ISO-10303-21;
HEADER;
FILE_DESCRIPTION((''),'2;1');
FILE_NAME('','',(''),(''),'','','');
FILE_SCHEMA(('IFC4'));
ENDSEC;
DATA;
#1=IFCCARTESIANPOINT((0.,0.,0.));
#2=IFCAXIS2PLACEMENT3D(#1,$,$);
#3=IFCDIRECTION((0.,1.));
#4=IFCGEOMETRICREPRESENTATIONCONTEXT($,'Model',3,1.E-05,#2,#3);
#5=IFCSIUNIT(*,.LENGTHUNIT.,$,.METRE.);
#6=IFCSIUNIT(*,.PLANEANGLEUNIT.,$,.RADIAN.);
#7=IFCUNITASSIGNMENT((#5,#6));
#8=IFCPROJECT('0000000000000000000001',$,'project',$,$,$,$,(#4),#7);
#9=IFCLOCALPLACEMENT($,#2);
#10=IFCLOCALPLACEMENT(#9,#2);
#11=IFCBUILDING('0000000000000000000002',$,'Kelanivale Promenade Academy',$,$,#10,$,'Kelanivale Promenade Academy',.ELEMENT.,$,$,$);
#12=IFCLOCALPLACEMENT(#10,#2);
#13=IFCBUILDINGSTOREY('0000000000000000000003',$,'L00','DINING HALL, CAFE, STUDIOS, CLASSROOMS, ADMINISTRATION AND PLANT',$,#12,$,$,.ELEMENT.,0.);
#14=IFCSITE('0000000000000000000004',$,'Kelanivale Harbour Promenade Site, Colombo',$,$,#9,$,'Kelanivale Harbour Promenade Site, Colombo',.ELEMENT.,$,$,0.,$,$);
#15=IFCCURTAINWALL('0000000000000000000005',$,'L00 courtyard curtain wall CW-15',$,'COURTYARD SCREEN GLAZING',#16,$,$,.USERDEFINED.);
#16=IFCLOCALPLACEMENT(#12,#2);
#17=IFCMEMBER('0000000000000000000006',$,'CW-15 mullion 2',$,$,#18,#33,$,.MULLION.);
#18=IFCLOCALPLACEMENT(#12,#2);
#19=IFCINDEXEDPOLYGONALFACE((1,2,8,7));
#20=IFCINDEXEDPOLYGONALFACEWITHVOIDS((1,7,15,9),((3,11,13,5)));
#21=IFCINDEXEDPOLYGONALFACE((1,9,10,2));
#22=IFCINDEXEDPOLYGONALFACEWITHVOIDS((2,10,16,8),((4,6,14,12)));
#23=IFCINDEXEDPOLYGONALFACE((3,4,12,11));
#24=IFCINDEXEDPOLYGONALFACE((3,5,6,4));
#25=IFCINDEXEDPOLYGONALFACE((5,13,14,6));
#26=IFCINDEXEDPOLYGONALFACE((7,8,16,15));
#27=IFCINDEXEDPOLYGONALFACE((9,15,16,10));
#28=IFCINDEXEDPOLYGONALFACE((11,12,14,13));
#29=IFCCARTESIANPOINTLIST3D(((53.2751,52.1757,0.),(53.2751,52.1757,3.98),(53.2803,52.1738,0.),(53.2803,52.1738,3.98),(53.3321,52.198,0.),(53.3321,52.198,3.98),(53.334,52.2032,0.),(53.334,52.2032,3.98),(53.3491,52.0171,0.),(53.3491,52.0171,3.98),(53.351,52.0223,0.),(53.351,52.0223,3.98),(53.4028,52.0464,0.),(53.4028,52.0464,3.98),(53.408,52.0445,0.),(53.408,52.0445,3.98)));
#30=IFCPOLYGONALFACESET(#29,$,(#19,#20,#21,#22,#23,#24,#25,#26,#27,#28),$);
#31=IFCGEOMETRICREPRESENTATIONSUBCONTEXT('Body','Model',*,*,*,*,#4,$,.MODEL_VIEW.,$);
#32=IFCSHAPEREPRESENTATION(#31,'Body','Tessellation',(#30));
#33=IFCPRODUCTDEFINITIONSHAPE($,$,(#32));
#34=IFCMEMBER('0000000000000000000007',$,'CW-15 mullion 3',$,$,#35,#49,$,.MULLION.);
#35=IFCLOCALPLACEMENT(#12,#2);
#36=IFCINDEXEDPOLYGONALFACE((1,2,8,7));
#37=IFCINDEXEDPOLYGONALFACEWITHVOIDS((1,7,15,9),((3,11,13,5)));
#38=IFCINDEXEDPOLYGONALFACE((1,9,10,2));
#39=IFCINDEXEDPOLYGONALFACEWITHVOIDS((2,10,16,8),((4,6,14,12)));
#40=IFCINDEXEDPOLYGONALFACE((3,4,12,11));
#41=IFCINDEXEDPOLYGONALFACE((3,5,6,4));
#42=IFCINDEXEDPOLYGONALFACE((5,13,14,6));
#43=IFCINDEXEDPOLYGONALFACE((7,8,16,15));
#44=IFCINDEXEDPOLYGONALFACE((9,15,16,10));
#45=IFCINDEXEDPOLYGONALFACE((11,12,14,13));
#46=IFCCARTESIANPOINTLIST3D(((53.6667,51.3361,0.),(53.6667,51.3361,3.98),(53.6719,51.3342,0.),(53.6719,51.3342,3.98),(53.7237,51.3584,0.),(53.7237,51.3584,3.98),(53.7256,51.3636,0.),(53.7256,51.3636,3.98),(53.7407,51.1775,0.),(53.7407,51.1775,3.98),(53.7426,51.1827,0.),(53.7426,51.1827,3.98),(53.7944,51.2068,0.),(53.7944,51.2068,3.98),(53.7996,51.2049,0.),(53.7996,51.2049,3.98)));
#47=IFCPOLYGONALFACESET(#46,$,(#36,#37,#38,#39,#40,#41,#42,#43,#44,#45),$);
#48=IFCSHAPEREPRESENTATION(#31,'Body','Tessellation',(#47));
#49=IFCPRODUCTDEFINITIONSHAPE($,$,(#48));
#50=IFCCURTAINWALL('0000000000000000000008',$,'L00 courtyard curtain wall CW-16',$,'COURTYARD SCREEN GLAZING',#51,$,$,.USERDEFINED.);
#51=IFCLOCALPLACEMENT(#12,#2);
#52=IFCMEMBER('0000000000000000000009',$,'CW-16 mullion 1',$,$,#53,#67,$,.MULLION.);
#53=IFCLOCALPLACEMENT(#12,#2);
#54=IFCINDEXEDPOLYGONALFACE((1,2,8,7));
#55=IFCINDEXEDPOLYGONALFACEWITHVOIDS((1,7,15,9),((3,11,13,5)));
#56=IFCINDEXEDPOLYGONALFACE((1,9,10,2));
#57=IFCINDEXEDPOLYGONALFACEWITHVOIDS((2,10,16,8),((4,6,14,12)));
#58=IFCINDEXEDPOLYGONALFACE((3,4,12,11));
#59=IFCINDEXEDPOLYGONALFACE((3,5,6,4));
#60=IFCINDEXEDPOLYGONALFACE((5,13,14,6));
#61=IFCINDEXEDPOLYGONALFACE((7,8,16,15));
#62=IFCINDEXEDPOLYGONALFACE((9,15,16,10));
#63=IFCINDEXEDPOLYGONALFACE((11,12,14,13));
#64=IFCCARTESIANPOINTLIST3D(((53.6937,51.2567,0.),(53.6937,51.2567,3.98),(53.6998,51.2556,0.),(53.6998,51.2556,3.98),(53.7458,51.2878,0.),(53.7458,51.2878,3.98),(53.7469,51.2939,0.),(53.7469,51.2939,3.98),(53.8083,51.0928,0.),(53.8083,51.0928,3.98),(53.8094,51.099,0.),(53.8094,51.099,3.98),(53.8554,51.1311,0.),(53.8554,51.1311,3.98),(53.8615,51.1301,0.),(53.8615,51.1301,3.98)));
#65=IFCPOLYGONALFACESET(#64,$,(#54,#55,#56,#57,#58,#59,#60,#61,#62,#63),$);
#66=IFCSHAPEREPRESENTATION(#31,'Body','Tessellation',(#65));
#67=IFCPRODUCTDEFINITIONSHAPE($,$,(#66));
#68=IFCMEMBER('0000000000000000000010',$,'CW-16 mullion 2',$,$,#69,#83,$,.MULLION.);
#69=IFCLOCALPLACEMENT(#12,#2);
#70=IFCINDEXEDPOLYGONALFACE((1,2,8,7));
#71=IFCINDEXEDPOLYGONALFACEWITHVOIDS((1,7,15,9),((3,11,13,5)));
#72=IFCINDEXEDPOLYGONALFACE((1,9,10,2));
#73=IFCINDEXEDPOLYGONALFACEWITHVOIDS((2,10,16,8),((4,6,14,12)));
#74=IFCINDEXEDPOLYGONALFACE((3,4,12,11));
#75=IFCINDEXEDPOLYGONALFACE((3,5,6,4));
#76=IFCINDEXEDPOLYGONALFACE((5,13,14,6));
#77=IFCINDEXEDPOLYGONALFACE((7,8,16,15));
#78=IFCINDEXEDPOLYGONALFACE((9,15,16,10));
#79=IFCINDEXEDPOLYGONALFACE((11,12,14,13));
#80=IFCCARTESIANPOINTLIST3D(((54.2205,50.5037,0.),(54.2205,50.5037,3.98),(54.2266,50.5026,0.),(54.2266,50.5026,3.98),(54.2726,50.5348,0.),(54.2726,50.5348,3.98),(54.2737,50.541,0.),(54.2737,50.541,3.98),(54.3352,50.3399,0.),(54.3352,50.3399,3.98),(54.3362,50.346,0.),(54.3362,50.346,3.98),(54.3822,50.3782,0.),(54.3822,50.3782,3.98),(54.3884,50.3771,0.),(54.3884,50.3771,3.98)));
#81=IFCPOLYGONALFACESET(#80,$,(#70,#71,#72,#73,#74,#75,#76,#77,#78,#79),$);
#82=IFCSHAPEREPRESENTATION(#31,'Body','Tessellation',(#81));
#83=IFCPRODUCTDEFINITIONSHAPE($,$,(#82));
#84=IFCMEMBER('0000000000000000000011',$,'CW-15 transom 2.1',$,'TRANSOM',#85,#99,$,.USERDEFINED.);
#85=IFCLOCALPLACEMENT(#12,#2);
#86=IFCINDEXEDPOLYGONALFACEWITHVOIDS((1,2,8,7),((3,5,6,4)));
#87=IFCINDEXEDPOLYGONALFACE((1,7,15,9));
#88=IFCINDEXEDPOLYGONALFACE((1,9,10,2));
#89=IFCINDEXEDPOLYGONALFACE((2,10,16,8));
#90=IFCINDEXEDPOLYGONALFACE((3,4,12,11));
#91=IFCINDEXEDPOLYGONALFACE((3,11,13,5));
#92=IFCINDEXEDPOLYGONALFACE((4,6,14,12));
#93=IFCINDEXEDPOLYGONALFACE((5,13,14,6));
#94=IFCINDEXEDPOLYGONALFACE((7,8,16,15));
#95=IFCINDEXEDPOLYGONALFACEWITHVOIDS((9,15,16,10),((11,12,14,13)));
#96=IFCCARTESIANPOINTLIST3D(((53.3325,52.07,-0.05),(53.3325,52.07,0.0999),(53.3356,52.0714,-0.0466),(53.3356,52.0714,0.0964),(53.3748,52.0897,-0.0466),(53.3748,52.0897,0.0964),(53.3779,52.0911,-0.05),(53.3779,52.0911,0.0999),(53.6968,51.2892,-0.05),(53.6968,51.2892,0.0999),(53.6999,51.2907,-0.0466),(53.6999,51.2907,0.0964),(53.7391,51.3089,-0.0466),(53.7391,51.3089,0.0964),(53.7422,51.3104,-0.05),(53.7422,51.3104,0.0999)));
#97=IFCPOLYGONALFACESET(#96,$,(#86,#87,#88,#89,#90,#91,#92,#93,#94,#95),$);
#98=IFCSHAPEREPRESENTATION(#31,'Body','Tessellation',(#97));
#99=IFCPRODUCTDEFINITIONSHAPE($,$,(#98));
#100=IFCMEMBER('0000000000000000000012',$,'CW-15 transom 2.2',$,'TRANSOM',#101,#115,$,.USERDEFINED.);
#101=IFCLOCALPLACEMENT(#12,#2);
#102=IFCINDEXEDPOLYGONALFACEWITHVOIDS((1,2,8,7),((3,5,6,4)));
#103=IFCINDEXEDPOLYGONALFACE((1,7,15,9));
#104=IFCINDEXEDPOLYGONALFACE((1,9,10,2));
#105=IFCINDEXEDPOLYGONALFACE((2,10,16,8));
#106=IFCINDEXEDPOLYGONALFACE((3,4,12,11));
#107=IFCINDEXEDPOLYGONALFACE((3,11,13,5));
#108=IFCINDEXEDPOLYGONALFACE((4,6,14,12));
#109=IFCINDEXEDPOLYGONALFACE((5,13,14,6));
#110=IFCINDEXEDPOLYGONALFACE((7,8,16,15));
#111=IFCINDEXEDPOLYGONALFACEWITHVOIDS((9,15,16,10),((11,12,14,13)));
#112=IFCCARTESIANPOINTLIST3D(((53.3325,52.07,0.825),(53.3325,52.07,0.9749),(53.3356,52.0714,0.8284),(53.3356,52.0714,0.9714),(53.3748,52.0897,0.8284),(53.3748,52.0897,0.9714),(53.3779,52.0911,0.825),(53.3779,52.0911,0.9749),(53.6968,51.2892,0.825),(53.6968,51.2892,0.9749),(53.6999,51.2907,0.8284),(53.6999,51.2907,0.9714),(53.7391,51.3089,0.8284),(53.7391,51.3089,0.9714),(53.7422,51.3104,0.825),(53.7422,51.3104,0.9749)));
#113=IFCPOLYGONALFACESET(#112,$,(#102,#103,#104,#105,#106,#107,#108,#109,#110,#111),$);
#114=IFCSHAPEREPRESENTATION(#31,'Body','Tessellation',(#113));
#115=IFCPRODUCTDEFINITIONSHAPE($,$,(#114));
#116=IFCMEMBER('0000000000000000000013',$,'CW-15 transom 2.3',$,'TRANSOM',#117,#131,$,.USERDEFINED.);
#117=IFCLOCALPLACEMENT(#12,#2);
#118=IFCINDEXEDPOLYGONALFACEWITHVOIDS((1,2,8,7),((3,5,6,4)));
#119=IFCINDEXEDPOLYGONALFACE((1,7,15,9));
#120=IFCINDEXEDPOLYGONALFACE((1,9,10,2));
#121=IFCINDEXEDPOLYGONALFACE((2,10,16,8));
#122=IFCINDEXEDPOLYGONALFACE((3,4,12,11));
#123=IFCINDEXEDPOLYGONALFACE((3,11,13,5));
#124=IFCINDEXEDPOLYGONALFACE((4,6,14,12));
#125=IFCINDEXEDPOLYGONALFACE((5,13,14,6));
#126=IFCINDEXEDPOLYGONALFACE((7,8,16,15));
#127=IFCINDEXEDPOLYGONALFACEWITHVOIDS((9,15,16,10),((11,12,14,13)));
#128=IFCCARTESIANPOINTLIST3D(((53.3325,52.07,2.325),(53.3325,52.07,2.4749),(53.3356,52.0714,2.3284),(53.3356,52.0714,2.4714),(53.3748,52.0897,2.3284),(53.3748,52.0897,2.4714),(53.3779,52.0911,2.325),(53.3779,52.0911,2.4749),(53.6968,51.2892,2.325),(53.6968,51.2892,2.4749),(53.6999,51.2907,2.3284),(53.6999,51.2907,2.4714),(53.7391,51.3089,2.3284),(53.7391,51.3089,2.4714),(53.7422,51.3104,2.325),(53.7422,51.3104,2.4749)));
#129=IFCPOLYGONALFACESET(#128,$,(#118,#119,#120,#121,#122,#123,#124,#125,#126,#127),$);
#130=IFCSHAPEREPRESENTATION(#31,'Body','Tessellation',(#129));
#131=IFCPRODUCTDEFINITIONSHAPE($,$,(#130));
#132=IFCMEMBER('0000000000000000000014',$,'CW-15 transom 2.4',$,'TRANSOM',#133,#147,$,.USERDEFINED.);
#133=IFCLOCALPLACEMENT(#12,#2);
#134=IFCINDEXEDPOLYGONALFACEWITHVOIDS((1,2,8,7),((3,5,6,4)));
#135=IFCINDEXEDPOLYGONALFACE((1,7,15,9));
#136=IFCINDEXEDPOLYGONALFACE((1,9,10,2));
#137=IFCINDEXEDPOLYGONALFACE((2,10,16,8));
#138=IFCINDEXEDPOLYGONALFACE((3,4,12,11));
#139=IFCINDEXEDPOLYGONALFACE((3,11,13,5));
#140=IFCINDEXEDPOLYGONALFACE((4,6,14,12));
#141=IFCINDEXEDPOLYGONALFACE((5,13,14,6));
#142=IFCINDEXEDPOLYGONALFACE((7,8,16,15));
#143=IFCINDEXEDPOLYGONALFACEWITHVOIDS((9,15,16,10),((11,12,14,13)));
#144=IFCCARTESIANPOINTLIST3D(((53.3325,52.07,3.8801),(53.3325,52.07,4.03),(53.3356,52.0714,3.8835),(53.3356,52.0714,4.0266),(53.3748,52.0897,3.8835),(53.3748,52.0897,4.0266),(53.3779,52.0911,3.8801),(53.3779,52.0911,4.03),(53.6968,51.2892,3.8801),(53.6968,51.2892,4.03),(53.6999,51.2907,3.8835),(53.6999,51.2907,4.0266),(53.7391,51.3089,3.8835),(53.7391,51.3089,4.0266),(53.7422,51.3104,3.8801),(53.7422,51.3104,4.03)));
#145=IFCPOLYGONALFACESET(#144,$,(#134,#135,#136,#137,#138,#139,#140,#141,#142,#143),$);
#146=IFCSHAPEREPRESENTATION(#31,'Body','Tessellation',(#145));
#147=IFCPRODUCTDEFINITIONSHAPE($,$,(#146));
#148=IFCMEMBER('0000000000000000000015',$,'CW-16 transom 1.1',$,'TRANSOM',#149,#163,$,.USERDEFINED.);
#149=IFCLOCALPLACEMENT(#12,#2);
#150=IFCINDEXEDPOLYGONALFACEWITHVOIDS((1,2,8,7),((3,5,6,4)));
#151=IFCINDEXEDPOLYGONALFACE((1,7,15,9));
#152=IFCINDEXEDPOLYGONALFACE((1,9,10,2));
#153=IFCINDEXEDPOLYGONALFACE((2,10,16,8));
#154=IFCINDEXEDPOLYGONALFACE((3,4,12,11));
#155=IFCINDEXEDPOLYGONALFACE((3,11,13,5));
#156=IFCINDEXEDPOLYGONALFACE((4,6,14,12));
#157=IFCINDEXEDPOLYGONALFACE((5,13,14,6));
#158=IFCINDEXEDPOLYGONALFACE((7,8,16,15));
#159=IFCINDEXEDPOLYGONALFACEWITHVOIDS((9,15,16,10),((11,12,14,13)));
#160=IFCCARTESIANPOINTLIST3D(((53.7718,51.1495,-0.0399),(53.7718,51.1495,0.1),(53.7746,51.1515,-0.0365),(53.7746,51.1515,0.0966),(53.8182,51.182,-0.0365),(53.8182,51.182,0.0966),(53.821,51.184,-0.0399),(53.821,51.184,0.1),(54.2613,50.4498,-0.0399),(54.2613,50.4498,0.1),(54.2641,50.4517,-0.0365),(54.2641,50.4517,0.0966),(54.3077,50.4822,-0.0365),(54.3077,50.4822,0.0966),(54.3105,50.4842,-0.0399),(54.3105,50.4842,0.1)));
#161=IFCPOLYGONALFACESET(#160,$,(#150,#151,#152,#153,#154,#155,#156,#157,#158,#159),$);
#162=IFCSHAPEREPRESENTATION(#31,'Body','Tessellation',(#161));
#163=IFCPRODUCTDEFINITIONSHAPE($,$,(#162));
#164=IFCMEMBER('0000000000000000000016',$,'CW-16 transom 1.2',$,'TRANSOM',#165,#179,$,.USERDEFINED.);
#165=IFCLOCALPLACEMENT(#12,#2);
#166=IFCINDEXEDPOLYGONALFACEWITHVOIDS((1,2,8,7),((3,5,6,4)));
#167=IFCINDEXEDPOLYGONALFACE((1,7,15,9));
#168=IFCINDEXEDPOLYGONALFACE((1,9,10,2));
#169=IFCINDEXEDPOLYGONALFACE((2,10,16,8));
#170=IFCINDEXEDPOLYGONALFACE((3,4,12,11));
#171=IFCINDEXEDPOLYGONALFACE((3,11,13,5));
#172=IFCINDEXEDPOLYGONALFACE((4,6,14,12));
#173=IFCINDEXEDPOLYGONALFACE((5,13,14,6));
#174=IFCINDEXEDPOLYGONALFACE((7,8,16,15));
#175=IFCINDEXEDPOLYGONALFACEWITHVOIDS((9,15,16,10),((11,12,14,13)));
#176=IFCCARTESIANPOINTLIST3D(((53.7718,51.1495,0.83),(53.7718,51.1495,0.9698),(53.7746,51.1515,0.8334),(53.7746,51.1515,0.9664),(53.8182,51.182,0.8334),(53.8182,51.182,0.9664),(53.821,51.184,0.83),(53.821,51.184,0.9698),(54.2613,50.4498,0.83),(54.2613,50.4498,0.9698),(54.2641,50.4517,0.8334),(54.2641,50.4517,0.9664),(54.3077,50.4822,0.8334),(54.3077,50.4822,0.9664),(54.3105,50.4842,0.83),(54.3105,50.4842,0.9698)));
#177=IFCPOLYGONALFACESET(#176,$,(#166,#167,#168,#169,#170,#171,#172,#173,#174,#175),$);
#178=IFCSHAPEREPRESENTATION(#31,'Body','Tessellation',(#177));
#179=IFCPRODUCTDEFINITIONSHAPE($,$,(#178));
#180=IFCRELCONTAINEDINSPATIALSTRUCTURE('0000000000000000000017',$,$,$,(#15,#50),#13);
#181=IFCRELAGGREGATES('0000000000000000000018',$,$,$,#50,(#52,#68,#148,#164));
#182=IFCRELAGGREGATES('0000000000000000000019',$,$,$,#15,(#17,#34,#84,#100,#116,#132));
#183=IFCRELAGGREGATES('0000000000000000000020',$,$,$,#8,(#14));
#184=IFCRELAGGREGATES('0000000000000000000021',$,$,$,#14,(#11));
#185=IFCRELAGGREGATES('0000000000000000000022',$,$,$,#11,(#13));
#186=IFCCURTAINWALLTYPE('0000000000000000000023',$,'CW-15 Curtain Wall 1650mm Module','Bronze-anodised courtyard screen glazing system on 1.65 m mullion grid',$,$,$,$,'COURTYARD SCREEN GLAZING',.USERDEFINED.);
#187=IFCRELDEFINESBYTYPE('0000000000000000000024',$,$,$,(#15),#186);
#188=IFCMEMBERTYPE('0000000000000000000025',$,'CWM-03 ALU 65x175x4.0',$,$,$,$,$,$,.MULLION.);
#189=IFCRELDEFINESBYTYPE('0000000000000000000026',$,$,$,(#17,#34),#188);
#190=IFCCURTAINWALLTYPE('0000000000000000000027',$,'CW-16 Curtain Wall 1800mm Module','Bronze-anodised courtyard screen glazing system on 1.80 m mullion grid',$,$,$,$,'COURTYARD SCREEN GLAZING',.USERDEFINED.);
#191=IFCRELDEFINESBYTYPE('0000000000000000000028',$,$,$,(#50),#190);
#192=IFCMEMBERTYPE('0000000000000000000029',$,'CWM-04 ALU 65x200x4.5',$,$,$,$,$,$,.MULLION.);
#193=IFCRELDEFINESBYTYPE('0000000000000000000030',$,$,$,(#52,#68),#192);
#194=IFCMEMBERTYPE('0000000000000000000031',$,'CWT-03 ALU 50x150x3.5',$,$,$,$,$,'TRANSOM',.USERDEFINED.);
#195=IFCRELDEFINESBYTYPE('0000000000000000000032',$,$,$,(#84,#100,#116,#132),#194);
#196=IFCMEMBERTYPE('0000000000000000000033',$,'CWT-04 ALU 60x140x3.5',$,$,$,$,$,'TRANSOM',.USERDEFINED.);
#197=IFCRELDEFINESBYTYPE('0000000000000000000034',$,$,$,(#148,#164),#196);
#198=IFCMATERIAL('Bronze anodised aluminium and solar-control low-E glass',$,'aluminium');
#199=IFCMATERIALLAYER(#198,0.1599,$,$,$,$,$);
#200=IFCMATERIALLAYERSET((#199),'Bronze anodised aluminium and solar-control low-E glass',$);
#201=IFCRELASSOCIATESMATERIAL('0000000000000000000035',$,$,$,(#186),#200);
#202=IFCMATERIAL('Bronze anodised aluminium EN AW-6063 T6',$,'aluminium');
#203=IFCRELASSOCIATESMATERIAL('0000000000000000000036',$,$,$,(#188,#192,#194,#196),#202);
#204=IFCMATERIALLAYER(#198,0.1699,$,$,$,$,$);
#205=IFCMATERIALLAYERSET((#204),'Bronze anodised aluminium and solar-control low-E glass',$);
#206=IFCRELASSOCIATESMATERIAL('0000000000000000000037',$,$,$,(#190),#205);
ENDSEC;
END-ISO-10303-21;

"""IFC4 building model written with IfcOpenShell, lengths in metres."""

from ifc_helpers import new_model, si_unit, direction, frame, origin, origin_2d, place, context, subcontext, project, spatial, hollow_rectangle, extrude, material, layer, layer_set, material_profile, profile_set, type_object, element, aggregate, save


model = new_model("IFC4")

# Units and contexts
model_context = context("Model", 3, precision=1e-05, world=origin(), true_north=direction((0.0, 1.0)))
body_context = subcontext(model_context, "Body", "Model", "MODEL_VIEW")
ifc_project = project(units=[si_unit("LENGTHUNIT", "METRE"), si_unit("PLANEANGLEUNIT", "RADIAN")], contexts=[model_context])

# Site, building, storey
site_placement = place(None, origin())
site = spatial("IfcSite", under=ifc_project, at=site_placement, Name="Kelanivale Harbour Promenade Site, Colombo", LongName="Kelanivale Harbour Promenade Site, Colombo", CompositionType="ELEMENT", RefElevation=0.0)
building_placement = place(site_placement, origin())
building = spatial("IfcBuilding", under=site, at=building_placement, Name="Kelanivale Promenade Academy", LongName="Kelanivale Promenade Academy", CompositionType="ELEMENT")
storey_placement = place(building_placement, origin())
storey = spatial("IfcBuildingStorey", under=building, at=storey_placement, Name="L00", Description="DINING HALL, CAFE, STUDIOS, CLASSROOMS, ADMINISTRATION AND PLANT", CompositionType="ELEMENT", Elevation=0.0)

# Curtain walls, members
ifc_material_1 = material(Name="Bronze anodised aluminium and solar-control low-E glass", Category="aluminium")
ifc_layer_1 = layer(ifc_material_1, 0.1599)
ifc_layer_set_1 = layer_set([ifc_layer_1], Name="Bronze anodised aluminium and solar-control low-E glass")
curtain_wall_type_1 = type_object("IfcCurtainWallType", Name="CW-15 Curtain Wall 1650mm Module", Description="Bronze-anodised courtyard screen glazing system on 1.65 m mullion grid", ElementType="COURTYARD SCREEN GLAZING", PredefinedType="USERDEFINED", material=ifc_layer_set_1)
curtain_wall_1_placement = place(storey_placement, origin())
curtain_wall_1 = element("IfcCurtainWall", 1, at=curtain_wall_1_placement, inside=storey, type_object=curtain_wall_type_1, Name="L00 courtyard curtain wall CW-15", ObjectType="COURTYARD SCREEN GLAZING", PredefinedType="USERDEFINED")
ifc_material_2 = material(Name="Bronze anodised aluminium EN AW-6063 T6", Category="aluminium")
ifc_material_profile_1 = material_profile(ifc_material_2, hollow_rectangle(XDim=0.0649, YDim=0.175, WallThickness=0.0039, at=origin_2d()), Name="ALU 65x175x4.0")
ifc_profile_set_1 = profile_set([ifc_material_profile_1], Name="Bronze anodised aluminium EN AW-6063 T6")
member_type_1 = type_object("IfcMemberType", Name="CWM-03 ALU 65x175x4.0", PredefinedType="MULLION", material=ifc_profile_set_1)
member_1_placement = place(storey_placement, frame((53.3416, 52.1101, 0.0), z_axis=(0.0, 0.0, 1.0), x_axis=(0.906196, 0.422857, 0.0)))
member_1 = element("IfcMember", 2, at=member_1_placement, type_object=member_type_1, Name="CW-15 mullion 2", PredefinedType="MULLION", context=body_context, shape_type="SweptSolid", body=[
    extrude(hollow_rectangle(XDim=0.0649, YDim=0.175, WallThickness=0.0039, at=origin_2d()), origin(), (0.0, 0.0, 1.0), 3.98),
])
member_2_placement = place(storey_placement, frame((53.7332, 51.2705, 0.0), z_axis=(0.0, 0.0, 1.0), x_axis=(0.906196, 0.422857, 0.0)))
member_2 = element("IfcMember", 3, at=member_2_placement, type_object=member_type_1, Name="CW-15 mullion 3", PredefinedType="MULLION", context=body_context, shape_type="SweptSolid", body=[
    extrude(hollow_rectangle(XDim=0.0649, YDim=0.175, WallThickness=0.0039, at=origin_2d()), origin(), (0.0, 0.0, 1.0), 3.98),
])
ifc_layer_2 = layer(ifc_material_1, 0.1699)
ifc_layer_set_2 = layer_set([ifc_layer_2], Name="Bronze anodised aluminium and solar-control low-E glass")
curtain_wall_type_2 = type_object("IfcCurtainWallType", Name="CW-16 Curtain Wall 1800mm Module", Description="Bronze-anodised courtyard screen glazing system on 1.80 m mullion grid", ElementType="COURTYARD SCREEN GLAZING", PredefinedType="USERDEFINED", material=ifc_layer_set_2)
curtain_wall_2_placement = place(storey_placement, origin())
curtain_wall_2 = element("IfcCurtainWall", 4, at=curtain_wall_2_placement, inside=storey, type_object=curtain_wall_type_2, Name="L00 courtyard curtain wall CW-16", ObjectType="COURTYARD SCREEN GLAZING", PredefinedType="USERDEFINED")
ifc_material_profile_2 = material_profile(ifc_material_2, hollow_rectangle(XDim=0.0649, YDim=0.2, WallThickness=0.0044, at=origin_2d()), Name="ALU 65x200x4.5")
ifc_profile_set_2 = profile_set([ifc_material_profile_2], Name="Bronze anodised aluminium EN AW-6063 T6")
member_type_2 = type_object("IfcMemberType", Name="CWM-04 ALU 65x200x4.5", PredefinedType="MULLION", material=ifc_profile_set_2)
member_3_placement = place(storey_placement, frame((53.7776, 51.1934, 0.0), z_axis=(0.0, 0.0, 1.0), x_axis=(0.819306, 0.573357, 0.0)))
member_3 = element("IfcMember", 5, at=member_3_placement, type_object=member_type_2, Name="CW-16 mullion 1", PredefinedType="MULLION", context=body_context, shape_type="SweptSolid", body=[
    extrude(hollow_rectangle(XDim=0.0649, YDim=0.2, WallThickness=0.0044, at=origin_2d()), origin(), (0.0, 0.0, 1.0), 3.98),
])
member_4_placement = place(storey_placement, frame((54.3044, 50.4404, 0.0), z_axis=(0.0, 0.0, 1.0), x_axis=(0.819306, 0.573357, 0.0)))
member_4 = element("IfcMember", 6, at=member_4_placement, type_object=member_type_2, Name="CW-16 mullion 2", PredefinedType="MULLION", context=body_context, shape_type="SweptSolid", body=[
    extrude(hollow_rectangle(XDim=0.0649, YDim=0.2, WallThickness=0.0044, at=origin_2d()), origin(), (0.0, 0.0, 1.0), 3.98),
])

# Members
ifc_material_profile_3 = material_profile(ifc_material_2, hollow_rectangle(XDim=0.05, YDim=0.1499, WallThickness=0.0034, at=origin_2d()), Name="ALU 50x150x3.5")
ifc_profile_set_3 = profile_set([ifc_material_profile_3], Name="Bronze anodised aluminium EN AW-6063 T6")
member_type_3 = type_object("IfcMemberType", Name="CWT-03 ALU 50x150x3.5", ElementType="TRANSOM", PredefinedType="USERDEFINED", material=ifc_profile_set_3)
member_5_placement = place(storey_placement, frame((53.3552, 52.0806, 0.0249), z_axis=(0.422792, -0.906227, 0.0), x_axis=(0.906227, 0.422792, 0.0)))
member_5 = element("IfcMember", 7, at=member_5_placement, type_object=member_type_3, Name="CW-15 transom 2.1", ObjectType="TRANSOM", PredefinedType="USERDEFINED", context=body_context, shape_type="SweptSolid", body=[
    extrude(hollow_rectangle(XDim=0.05, YDim=0.1499, WallThickness=0.0034, at=origin_2d()), origin(), (0.0, 0.0, 1.0), 0.8616),
])
member_6_placement = place(storey_placement, frame((53.3552, 52.0806, 0.8999), z_axis=(0.422792, -0.906227, 0.0), x_axis=(0.906227, 0.422792, 0.0)))
member_6 = element("IfcMember", 8, at=member_6_placement, type_object=member_type_3, Name="CW-15 transom 2.2", ObjectType="TRANSOM", PredefinedType="USERDEFINED", context=body_context, shape_type="SweptSolid", body=[
    extrude(hollow_rectangle(XDim=0.05, YDim=0.1499, WallThickness=0.0034, at=origin_2d()), origin(), (0.0, 0.0, 1.0), 0.8616),
])
member_7_placement = place(storey_placement, frame((53.3552, 52.0806, 2.3999), z_axis=(0.422792, -0.906227, 0.0), x_axis=(0.906227, 0.422792, 0.0)))
member_7 = element("IfcMember", 9, at=member_7_placement, type_object=member_type_3, Name="CW-15 transom 2.3", ObjectType="TRANSOM", PredefinedType="USERDEFINED", context=body_context, shape_type="SweptSolid", body=[
    extrude(hollow_rectangle(XDim=0.05, YDim=0.1499, WallThickness=0.0034, at=origin_2d()), origin(), (0.0, 0.0, 1.0), 0.8616),
])
member_8_placement = place(storey_placement, frame((53.3552, 52.0806, 3.9551), z_axis=(0.422792, -0.906227, 0.0), x_axis=(0.906227, 0.422792, 0.0)))
member_8 = element("IfcMember", 10, at=member_8_placement, type_object=member_type_3, Name="CW-15 transom 2.4", ObjectType="TRANSOM", PredefinedType="USERDEFINED", context=body_context, shape_type="SweptSolid", body=[
    extrude(hollow_rectangle(XDim=0.05, YDim=0.1499, WallThickness=0.0034, at=origin_2d()), origin(), (0.0, 0.0, 1.0), 0.8616),
])
ifc_material_profile_4 = material_profile(ifc_material_2, hollow_rectangle(XDim=0.0601, YDim=0.1399, WallThickness=0.0034, at=origin_2d()), Name="ALU 60x140x3.5")
ifc_profile_set_4 = profile_set([ifc_material_profile_4], Name="Bronze anodised aluminium EN AW-6063 T6")
member_type_4 = type_object("IfcMemberType", Name="CWT-04 ALU 60x140x3.5", ElementType="TRANSOM", PredefinedType="USERDEFINED", material=ifc_profile_set_4)
member_9_placement = place(storey_placement, frame((53.7964, 51.1667, 0.03), z_axis=(0.573232, -0.819393, 0.0), x_axis=(0.819393, 0.573232, 0.0)))
member_9 = element("IfcMember", 11, at=member_9_placement, type_object=member_type_4, Name="CW-16 transom 1.1", ObjectType="TRANSOM", PredefinedType="USERDEFINED", context=body_context, shape_type="SweptSolid", body=[
    extrude(hollow_rectangle(XDim=0.0601, YDim=0.1399, WallThickness=0.0034, at=origin_2d()), origin(), (0.0, 0.0, 1.0), 0.854),
])
member_10_placement = place(storey_placement, frame((53.7964, 51.1667, 0.8999), z_axis=(0.573232, -0.819393, 0.0), x_axis=(0.819393, 0.573232, 0.0)))
member_10 = element("IfcMember", 12, at=member_10_placement, type_object=member_type_4, Name="CW-16 transom 1.2", ObjectType="TRANSOM", PredefinedType="USERDEFINED", context=body_context, shape_type="SweptSolid", body=[
    extrude(hollow_rectangle(XDim=0.0601, YDim=0.1399, WallThickness=0.0034, at=origin_2d()), origin(), (0.0, 0.0, 1.0), 0.854),
])

aggregate(curtain_wall_2, [member_3, member_4, member_9, member_10])
aggregate(curtain_wall_1, [member_1, member_2, member_5, member_6, member_7, member_8])

save(model, "model.ifc")
